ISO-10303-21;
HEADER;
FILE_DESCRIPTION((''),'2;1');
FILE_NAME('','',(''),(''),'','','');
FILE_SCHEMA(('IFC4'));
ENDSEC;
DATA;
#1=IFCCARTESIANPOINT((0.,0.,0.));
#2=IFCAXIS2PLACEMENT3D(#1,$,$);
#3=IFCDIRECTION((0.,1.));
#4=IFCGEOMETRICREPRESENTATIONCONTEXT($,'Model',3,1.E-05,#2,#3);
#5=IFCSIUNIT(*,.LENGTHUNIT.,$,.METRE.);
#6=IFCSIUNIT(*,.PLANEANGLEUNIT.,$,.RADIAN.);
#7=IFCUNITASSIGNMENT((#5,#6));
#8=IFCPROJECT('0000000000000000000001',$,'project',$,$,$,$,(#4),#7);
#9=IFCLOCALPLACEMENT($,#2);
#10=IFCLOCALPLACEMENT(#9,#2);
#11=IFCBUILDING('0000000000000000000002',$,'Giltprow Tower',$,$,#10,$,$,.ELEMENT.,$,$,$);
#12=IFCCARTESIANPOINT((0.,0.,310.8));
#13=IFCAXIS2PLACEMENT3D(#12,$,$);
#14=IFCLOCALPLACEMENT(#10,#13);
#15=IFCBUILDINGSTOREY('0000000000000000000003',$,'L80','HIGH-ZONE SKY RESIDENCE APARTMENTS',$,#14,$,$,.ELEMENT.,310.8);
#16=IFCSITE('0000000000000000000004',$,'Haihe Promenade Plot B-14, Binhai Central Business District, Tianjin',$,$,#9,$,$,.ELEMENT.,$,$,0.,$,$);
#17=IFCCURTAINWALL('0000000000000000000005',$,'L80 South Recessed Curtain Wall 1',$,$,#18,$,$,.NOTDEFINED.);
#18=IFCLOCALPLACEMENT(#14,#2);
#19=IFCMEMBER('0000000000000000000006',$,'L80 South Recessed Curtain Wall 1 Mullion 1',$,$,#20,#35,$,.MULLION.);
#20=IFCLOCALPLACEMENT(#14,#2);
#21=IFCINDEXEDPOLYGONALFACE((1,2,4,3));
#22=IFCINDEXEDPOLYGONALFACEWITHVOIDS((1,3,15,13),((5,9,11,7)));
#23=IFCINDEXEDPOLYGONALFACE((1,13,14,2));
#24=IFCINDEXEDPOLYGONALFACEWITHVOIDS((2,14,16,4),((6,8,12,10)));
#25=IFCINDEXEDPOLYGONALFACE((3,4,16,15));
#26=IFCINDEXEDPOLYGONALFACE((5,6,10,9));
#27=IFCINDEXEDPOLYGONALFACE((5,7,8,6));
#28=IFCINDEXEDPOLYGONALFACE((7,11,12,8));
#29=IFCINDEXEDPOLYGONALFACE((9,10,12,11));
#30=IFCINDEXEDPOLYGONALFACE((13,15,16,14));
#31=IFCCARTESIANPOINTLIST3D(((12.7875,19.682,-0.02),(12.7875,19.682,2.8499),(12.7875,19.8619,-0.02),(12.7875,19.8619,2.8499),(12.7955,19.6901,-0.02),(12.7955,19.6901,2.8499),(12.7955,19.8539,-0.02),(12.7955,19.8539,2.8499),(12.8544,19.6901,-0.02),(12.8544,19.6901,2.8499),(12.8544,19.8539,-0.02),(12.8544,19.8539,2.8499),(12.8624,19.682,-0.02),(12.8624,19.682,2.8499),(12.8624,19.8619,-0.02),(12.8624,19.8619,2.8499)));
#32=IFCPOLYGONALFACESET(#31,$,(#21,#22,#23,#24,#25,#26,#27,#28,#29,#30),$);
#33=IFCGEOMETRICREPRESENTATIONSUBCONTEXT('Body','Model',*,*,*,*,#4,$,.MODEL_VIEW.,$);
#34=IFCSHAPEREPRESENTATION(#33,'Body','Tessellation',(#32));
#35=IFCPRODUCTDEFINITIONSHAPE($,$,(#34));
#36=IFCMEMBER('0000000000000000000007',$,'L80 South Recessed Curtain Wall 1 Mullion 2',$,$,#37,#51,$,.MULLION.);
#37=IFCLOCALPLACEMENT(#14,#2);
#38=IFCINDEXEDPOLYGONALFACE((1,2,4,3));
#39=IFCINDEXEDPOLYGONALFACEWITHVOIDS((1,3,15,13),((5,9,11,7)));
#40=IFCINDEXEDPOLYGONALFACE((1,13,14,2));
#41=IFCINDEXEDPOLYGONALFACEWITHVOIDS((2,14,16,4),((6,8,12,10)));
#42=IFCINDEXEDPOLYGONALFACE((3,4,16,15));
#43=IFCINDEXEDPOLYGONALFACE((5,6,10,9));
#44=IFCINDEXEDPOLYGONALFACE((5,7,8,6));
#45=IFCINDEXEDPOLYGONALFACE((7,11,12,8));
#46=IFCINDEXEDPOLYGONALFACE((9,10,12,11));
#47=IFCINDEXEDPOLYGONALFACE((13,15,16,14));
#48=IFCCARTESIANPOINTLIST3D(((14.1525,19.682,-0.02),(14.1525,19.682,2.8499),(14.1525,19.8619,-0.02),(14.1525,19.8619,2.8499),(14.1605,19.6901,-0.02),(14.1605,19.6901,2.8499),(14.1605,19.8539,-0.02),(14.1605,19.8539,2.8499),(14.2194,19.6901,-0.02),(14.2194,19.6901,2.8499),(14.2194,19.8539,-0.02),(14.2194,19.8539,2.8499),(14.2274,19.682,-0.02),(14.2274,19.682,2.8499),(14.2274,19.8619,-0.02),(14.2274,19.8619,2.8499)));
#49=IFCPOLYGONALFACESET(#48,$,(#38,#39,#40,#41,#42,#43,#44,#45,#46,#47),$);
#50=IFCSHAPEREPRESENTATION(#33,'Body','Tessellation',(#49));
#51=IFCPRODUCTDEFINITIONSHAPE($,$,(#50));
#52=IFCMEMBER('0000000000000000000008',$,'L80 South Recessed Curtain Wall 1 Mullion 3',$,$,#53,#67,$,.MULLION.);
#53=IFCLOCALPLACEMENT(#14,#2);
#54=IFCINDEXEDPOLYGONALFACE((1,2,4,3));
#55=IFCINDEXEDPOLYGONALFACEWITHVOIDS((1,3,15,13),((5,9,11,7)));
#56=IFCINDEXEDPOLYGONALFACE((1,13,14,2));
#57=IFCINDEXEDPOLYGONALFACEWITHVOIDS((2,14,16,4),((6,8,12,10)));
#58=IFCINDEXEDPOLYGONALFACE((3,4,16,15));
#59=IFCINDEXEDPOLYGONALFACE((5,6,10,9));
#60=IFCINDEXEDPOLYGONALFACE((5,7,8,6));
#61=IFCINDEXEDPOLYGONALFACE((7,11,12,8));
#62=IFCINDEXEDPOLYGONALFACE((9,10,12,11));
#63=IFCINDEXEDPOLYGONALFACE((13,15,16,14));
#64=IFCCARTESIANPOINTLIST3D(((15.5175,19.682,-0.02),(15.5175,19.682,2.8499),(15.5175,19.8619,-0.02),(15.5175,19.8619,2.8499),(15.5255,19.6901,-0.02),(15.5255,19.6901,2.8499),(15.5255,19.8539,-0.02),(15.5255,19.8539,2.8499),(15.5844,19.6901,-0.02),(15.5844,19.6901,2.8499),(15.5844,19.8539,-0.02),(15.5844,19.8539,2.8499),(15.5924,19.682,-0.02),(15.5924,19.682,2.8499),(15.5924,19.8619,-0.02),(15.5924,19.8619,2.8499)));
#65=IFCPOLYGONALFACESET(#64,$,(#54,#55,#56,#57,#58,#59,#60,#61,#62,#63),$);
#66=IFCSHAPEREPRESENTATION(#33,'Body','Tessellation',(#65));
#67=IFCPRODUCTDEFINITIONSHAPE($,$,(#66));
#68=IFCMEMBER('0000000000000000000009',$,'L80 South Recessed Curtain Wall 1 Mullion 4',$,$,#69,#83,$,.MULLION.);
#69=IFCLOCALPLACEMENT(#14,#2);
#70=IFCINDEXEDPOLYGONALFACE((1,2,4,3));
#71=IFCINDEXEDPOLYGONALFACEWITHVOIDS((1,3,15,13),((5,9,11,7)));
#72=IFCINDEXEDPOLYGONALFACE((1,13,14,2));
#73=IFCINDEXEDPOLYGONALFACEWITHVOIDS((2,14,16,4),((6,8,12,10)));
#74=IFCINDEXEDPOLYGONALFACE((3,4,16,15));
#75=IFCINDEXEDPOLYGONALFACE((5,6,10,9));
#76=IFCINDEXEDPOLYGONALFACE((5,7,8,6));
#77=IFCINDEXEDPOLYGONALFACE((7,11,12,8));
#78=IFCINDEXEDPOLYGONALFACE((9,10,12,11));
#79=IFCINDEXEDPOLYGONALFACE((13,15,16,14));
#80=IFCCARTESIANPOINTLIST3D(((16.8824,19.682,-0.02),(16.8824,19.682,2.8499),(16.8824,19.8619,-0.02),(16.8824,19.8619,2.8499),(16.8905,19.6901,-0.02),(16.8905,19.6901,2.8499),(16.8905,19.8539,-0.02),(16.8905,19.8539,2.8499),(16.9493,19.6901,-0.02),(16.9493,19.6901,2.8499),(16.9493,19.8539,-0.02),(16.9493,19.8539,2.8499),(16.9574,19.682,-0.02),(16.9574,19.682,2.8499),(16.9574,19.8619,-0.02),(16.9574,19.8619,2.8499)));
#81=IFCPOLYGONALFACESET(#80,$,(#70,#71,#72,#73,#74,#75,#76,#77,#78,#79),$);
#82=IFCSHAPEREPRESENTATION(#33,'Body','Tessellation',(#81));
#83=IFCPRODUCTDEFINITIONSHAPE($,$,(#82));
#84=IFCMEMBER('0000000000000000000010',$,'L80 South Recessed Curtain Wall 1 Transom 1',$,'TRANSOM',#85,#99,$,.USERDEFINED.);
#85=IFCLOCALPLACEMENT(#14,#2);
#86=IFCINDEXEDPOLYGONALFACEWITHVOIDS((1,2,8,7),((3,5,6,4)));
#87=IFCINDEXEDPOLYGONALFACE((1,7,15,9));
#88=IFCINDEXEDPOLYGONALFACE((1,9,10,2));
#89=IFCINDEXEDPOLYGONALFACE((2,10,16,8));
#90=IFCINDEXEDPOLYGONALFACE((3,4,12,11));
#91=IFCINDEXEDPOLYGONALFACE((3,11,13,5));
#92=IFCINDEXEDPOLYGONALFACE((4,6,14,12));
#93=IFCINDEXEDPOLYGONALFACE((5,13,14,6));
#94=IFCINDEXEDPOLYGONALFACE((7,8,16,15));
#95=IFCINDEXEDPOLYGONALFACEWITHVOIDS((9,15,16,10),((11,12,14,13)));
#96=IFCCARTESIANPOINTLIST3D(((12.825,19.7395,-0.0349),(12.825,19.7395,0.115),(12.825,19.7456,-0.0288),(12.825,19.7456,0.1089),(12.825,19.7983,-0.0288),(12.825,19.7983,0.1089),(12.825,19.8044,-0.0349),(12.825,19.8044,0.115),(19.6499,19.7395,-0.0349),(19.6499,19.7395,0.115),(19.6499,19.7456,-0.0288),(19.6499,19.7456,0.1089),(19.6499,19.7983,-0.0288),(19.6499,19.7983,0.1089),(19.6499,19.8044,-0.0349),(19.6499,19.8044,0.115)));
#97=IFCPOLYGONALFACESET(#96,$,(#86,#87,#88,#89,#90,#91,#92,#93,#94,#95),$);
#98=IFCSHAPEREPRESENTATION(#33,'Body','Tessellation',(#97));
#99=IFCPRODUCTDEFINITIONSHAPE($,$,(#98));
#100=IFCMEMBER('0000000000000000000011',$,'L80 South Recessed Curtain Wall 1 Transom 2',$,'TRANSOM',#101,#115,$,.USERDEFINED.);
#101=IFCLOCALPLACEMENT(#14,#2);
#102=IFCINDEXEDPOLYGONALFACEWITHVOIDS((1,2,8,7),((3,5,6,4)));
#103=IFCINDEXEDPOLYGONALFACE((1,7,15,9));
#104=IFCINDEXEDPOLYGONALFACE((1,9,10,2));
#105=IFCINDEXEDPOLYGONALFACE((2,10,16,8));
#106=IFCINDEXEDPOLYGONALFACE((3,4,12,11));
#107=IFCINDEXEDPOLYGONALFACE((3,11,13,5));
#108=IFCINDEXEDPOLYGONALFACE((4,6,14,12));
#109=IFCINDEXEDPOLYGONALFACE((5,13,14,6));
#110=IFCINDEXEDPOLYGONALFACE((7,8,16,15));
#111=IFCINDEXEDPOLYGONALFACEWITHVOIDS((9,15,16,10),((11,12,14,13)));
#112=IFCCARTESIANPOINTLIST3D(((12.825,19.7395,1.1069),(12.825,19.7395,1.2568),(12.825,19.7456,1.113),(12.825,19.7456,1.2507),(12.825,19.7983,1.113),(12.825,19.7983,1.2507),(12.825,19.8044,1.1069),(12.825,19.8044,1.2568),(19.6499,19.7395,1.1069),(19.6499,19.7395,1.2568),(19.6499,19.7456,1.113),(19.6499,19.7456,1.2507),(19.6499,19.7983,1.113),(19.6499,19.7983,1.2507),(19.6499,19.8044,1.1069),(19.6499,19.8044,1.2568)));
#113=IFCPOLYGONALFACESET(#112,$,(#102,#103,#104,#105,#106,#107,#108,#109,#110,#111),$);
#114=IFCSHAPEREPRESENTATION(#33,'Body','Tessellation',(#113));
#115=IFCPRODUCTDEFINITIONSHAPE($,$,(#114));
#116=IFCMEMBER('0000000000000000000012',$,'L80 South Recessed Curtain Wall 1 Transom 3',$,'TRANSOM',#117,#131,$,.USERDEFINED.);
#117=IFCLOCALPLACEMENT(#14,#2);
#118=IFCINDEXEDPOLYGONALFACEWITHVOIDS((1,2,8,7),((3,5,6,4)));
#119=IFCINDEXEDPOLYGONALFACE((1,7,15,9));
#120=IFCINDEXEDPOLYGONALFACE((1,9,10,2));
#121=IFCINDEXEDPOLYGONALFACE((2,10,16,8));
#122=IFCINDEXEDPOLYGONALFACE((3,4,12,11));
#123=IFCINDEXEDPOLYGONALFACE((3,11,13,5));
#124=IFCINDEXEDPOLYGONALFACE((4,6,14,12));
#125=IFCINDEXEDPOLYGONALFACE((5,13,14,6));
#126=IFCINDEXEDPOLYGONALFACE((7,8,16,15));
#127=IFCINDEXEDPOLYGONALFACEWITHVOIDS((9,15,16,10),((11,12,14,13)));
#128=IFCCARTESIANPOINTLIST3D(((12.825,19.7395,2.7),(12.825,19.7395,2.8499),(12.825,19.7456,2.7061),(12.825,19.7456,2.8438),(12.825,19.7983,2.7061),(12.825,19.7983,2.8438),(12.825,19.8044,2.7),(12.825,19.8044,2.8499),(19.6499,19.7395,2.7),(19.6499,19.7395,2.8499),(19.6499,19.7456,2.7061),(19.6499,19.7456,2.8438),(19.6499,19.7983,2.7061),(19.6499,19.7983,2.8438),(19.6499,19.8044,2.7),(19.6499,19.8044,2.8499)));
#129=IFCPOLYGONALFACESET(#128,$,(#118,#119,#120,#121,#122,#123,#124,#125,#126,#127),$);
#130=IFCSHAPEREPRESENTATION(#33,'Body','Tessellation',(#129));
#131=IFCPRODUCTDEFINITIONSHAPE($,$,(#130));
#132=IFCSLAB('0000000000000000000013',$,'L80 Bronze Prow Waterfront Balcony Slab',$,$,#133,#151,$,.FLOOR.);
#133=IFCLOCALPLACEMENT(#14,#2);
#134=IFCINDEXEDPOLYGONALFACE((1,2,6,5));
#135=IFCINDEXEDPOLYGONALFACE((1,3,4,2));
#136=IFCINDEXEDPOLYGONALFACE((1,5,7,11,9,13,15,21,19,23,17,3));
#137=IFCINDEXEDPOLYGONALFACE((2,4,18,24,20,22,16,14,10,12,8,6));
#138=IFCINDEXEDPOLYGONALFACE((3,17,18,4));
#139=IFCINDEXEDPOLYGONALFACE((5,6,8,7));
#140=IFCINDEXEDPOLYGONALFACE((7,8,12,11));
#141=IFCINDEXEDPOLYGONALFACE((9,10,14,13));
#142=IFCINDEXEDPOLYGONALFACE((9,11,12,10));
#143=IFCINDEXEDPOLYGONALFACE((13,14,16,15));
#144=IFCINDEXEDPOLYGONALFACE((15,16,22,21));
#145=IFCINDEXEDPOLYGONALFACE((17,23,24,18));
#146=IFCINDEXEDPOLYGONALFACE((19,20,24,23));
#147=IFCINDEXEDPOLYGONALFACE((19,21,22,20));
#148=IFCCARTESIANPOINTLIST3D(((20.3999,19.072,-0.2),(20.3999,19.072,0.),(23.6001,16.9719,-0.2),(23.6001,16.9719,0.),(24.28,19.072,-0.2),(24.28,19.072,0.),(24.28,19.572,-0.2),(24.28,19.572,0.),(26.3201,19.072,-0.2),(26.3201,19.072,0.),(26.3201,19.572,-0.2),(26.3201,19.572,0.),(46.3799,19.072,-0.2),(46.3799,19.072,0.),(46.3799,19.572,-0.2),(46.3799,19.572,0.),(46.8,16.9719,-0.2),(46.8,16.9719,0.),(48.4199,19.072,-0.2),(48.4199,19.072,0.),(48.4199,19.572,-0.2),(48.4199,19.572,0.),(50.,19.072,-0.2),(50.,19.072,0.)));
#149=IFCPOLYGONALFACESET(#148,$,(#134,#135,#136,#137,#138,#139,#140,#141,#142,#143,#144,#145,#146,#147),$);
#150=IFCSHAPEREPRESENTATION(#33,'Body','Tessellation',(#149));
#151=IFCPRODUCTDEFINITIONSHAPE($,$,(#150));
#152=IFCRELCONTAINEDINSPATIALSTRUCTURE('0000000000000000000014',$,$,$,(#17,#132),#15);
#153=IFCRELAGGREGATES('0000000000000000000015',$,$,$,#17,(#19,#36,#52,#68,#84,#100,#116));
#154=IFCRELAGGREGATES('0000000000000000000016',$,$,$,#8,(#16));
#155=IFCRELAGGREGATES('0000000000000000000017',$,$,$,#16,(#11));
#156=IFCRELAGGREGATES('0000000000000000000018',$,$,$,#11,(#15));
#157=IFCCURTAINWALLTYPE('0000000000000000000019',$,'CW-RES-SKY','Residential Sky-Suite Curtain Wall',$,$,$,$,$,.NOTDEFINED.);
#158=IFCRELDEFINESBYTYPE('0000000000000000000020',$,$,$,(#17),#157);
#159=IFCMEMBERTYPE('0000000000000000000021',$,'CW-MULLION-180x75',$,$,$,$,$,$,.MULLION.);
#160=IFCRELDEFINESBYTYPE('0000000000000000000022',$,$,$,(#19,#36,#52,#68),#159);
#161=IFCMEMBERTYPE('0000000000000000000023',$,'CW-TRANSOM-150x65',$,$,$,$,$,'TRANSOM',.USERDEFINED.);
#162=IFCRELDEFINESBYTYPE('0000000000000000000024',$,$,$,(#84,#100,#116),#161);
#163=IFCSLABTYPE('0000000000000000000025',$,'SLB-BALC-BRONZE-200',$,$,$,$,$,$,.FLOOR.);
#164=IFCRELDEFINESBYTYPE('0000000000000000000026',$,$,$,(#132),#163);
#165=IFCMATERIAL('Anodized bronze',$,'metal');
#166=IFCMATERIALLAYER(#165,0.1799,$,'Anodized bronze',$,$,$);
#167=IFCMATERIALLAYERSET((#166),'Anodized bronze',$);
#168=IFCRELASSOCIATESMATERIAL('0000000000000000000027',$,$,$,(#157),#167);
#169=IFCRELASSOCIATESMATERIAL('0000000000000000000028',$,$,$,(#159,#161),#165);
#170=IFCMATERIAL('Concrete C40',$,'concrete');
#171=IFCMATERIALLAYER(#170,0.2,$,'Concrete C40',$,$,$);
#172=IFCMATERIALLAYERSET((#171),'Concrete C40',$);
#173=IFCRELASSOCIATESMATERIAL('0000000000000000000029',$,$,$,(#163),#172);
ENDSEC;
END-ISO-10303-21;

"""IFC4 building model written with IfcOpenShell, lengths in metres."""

from ifc_helpers import new_model, si_unit, direction, frame, origin, origin_2d, place, context, subcontext, project, spatial, polyline, hollow_rectangle, outline, extrude, source, transform, mapped, material, layer, layer_set, material_profile, profile_set, type_object, element, aggregate, save


model = new_model("IFC4")

# Units and contexts
model_context = context("Model", 3, precision=1e-05, world=origin(), true_north=direction((0.0, 1.0)))
body_context = subcontext(model_context, "Body", "Model", "MODEL_VIEW")
ifc_project = project(units=[si_unit("LENGTHUNIT", "METRE"), si_unit("PLANEANGLEUNIT", "RADIAN")], contexts=[model_context])

# Site, building, storey
site_placement = place(None, origin())
site = spatial("IfcSite", under=ifc_project, at=site_placement, Name="Haihe Promenade Plot B-14, Binhai Central Business District, Tianjin", CompositionType="ELEMENT", RefElevation=0.0)
building_placement = place(site_placement, origin())
building = spatial("IfcBuilding", under=site, at=building_placement, Name="Giltprow Tower", CompositionType="ELEMENT")
storey_placement = place(building_placement, frame((0.0, 0.0, 310.8)))
storey = spatial("IfcBuildingStorey", under=building, at=storey_placement, Name="L80", Description="HIGH-ZONE SKY RESIDENCE APARTMENTS", CompositionType="ELEMENT", Elevation=310.8)

# Curtain wall, members
ifc_material_1 = material(Name="Anodized bronze", Category="metal")
ifc_layer_1 = layer(ifc_material_1, 0.1799, Name="Anodized bronze")
ifc_layer_set_1 = layer_set([ifc_layer_1], Name="Anodized bronze")
curtain_wall_type = type_object("IfcCurtainWallType", Name="CW-RES-SKY", Description="Residential Sky-Suite Curtain Wall", PredefinedType="NOTDEFINED", material=ifc_layer_set_1)
curtain_wall_placement = place(storey_placement, origin())
curtain_wall = element("IfcCurtainWall", 1, at=curtain_wall_placement, inside=storey, type_object=curtain_wall_type, Name="L80 South Recessed Curtain Wall 1", PredefinedType="NOTDEFINED")
ifc_material_profile_1 = material_profile(ifc_material_1, hollow_rectangle(XDim=0.075, YDim=0.1799, WallThickness=0.0081, at=origin_2d()), Name="RHS 180x75x8")
ifc_profile_set_1 = profile_set([ifc_material_profile_1], Name="Anodized bronze")
member_type_1 = type_object("IfcMemberType", Name="CW-MULLION-180x75", PredefinedType="MULLION", material=ifc_profile_set_1)
shared_shape_1 = source(origin(), body_context, "Body", "SweptSolid", [
    extrude(hollow_rectangle(XDim=0.075, YDim=0.1799, WallThickness=0.0081, at=origin_2d()), origin(), (0.0, 0.0, 1.0), 2.8699),
])
member_1_placement = place(storey_placement, frame((12.825, 19.772, -0.02), z_axis=(0.0, 0.0, 1.0), x_axis=(1.0, 0.0, 0.0)))
member_1 = element("IfcMember", 2, at=member_1_placement, type_object=member_type_1, Name="L80 South Recessed Curtain Wall 1 Mullion 1", PredefinedType="MULLION", context=body_context, shape_type="MappedRepresentation", body=[
    mapped(shared_shape_1, transform((0.0, 0.0, 0.0), x_axis=(1.0, 0.0, 0.0), y_axis=(0.0, 1.0, 0.0), z_axis=(0.0, 0.0, 1.0), scale=1.0)),
])
member_2_placement = place(storey_placement, frame((14.1899, 19.772, -0.02), z_axis=(0.0, 0.0, 1.0), x_axis=(1.0, 0.0, 0.0)))
member_2 = element("IfcMember", 3, at=member_2_placement, type_object=member_type_1, Name="L80 South Recessed Curtain Wall 1 Mullion 2", PredefinedType="MULLION", context=body_context, shape_type="MappedRepresentation", body=[
    mapped(shared_shape_1, transform((0.0, 0.0, 0.0), x_axis=(1.0, 0.0, 0.0), y_axis=(0.0, 1.0, 0.0), z_axis=(0.0, 0.0, 1.0), scale=1.0)),
])
member_3_placement = place(storey_placement, frame((15.5549, 19.772, -0.02), z_axis=(0.0, 0.0, 1.0), x_axis=(1.0, 0.0, 0.0)))
member_3 = element("IfcMember", 4, at=member_3_placement, type_object=member_type_1, Name="L80 South Recessed Curtain Wall 1 Mullion 3", PredefinedType="MULLION", context=body_context, shape_type="MappedRepresentation", body=[
    mapped(shared_shape_1, transform((0.0, 0.0, 0.0), x_axis=(1.0, 0.0, 0.0), y_axis=(0.0, 1.0, 0.0), z_axis=(0.0, 0.0, 1.0), scale=1.0)),
])
member_4_placement = place(storey_placement, frame((16.9199, 19.772, -0.02), z_axis=(0.0, 0.0, 1.0), x_axis=(1.0, 0.0, 0.0)))
member_4 = element("IfcMember", 5, at=member_4_placement, type_object=member_type_1, Name="L80 South Recessed Curtain Wall 1 Mullion 4", PredefinedType="MULLION", context=body_context, shape_type="MappedRepresentation", body=[
    mapped(shared_shape_1, transform((0.0, 0.0, 0.0), x_axis=(1.0, 0.0, 0.0), y_axis=(0.0, 1.0, 0.0), z_axis=(0.0, 0.0, 1.0), scale=1.0)),
])
ifc_material_profile_2 = material_profile(ifc_material_1, hollow_rectangle(XDim=0.0649, YDim=0.1499, WallThickness=0.0061, at=origin_2d()), Name="RHS 150x65x6")
ifc_profile_set_2 = profile_set([ifc_material_profile_2], Name="Anodized bronze")
member_type_2 = type_object("IfcMemberType", Name="CW-TRANSOM-150x65", ElementType="TRANSOM", PredefinedType="USERDEFINED", material=ifc_profile_set_2)
shared_shape_2 = source(origin(), body_context, "Body", "SweptSolid", [
    extrude(hollow_rectangle(XDim=0.0649, YDim=0.1499, WallThickness=0.0061, at=origin_2d()), origin(), (0.0, 0.0, 1.0), 6.825),
])
member_5_placement = place(storey_placement, frame((12.825, 19.772, 0.04), z_axis=(1.0, 0.0, 0.0), x_axis=(0.0, 1.0, 0.0)))
member_5 = element("IfcMember", 6, at=member_5_placement, type_object=member_type_2, Name="L80 South Recessed Curtain Wall 1 Transom 1", ObjectType="TRANSOM", PredefinedType="USERDEFINED", context=body_context, shape_type="MappedRepresentation", body=[
    mapped(shared_shape_2, transform((0.0, 0.0, 0.0), x_axis=(1.0, 0.0, 0.0), y_axis=(0.0, 1.0, 0.0), z_axis=(0.0, 0.0, 1.0), scale=1.0)),
])
member_6_placement = place(storey_placement, frame((12.825, 19.772, 1.1819), z_axis=(1.0, 0.0, 0.0), x_axis=(0.0, 1.0, 0.0)))
member_6 = element("IfcMember", 7, at=member_6_placement, type_object=member_type_2, Name="L80 South Recessed Curtain Wall 1 Transom 2", ObjectType="TRANSOM", PredefinedType="USERDEFINED", context=body_context, shape_type="MappedRepresentation", body=[
    mapped(shared_shape_2, transform((0.0, 0.0, 0.0), x_axis=(1.0, 0.0, 0.0), y_axis=(0.0, 1.0, 0.0), z_axis=(0.0, 0.0, 1.0), scale=1.0)),
])
member_7_placement = place(storey_placement, frame((12.825, 19.772, 2.7749), z_axis=(1.0, 0.0, 0.0), x_axis=(0.0, 1.0, 0.0)))
member_7 = element("IfcMember", 8, at=member_7_placement, type_object=member_type_2, Name="L80 South Recessed Curtain Wall 1 Transom 3", ObjectType="TRANSOM", PredefinedType="USERDEFINED", context=body_context, shape_type="MappedRepresentation", body=[
    mapped(shared_shape_2, transform((0.0, 0.0, 0.0), x_axis=(1.0, 0.0, 0.0), y_axis=(0.0, 1.0, 0.0), z_axis=(0.0, 0.0, 1.0), scale=1.0)),
])

# Slab
ifc_material_2 = material(Name="Concrete C40", Category="concrete")
ifc_layer_2 = layer(ifc_material_2, 0.2, Name="Concrete C40")
ifc_layer_set_2 = layer_set([ifc_layer_2], Name="Concrete C40")
slab_type_1 = type_object("IfcSlabType", Name="SLB-BALC-BRONZE-200", PredefinedType="FLOOR", material=ifc_layer_set_2)
slab_1_placement = place(storey_placement, frame((0.0, 0.0, -0.2)))
element("IfcSlab", 9, at=slab_1_placement, inside=storey, type_object=slab_type_1, Name="L80 Bronze Prow Waterfront Balcony Slab", PredefinedType="FLOOR", context=body_context, shape_type="SweptSolid", body=[
    extrude(outline(polyline([(50.0, 19.072), (46.8, 16.9719), (23.6001, 16.9719), (20.3999, 19.072), (24.28, 19.072), (24.28, 19.572), (26.3201, 19.572), (26.3201, 19.072), (46.3799, 19.072), (46.3799, 19.572), (48.4199, 19.572), (48.4199, 19.072), (50.0, 19.072)])), origin(), (0.0, 0.0, 1.0), 0.2),
])

aggregate(curtain_wall, [member_1, member_2, member_3, member_4, member_5, member_6, member_7])

save(model, "model.ifc")
